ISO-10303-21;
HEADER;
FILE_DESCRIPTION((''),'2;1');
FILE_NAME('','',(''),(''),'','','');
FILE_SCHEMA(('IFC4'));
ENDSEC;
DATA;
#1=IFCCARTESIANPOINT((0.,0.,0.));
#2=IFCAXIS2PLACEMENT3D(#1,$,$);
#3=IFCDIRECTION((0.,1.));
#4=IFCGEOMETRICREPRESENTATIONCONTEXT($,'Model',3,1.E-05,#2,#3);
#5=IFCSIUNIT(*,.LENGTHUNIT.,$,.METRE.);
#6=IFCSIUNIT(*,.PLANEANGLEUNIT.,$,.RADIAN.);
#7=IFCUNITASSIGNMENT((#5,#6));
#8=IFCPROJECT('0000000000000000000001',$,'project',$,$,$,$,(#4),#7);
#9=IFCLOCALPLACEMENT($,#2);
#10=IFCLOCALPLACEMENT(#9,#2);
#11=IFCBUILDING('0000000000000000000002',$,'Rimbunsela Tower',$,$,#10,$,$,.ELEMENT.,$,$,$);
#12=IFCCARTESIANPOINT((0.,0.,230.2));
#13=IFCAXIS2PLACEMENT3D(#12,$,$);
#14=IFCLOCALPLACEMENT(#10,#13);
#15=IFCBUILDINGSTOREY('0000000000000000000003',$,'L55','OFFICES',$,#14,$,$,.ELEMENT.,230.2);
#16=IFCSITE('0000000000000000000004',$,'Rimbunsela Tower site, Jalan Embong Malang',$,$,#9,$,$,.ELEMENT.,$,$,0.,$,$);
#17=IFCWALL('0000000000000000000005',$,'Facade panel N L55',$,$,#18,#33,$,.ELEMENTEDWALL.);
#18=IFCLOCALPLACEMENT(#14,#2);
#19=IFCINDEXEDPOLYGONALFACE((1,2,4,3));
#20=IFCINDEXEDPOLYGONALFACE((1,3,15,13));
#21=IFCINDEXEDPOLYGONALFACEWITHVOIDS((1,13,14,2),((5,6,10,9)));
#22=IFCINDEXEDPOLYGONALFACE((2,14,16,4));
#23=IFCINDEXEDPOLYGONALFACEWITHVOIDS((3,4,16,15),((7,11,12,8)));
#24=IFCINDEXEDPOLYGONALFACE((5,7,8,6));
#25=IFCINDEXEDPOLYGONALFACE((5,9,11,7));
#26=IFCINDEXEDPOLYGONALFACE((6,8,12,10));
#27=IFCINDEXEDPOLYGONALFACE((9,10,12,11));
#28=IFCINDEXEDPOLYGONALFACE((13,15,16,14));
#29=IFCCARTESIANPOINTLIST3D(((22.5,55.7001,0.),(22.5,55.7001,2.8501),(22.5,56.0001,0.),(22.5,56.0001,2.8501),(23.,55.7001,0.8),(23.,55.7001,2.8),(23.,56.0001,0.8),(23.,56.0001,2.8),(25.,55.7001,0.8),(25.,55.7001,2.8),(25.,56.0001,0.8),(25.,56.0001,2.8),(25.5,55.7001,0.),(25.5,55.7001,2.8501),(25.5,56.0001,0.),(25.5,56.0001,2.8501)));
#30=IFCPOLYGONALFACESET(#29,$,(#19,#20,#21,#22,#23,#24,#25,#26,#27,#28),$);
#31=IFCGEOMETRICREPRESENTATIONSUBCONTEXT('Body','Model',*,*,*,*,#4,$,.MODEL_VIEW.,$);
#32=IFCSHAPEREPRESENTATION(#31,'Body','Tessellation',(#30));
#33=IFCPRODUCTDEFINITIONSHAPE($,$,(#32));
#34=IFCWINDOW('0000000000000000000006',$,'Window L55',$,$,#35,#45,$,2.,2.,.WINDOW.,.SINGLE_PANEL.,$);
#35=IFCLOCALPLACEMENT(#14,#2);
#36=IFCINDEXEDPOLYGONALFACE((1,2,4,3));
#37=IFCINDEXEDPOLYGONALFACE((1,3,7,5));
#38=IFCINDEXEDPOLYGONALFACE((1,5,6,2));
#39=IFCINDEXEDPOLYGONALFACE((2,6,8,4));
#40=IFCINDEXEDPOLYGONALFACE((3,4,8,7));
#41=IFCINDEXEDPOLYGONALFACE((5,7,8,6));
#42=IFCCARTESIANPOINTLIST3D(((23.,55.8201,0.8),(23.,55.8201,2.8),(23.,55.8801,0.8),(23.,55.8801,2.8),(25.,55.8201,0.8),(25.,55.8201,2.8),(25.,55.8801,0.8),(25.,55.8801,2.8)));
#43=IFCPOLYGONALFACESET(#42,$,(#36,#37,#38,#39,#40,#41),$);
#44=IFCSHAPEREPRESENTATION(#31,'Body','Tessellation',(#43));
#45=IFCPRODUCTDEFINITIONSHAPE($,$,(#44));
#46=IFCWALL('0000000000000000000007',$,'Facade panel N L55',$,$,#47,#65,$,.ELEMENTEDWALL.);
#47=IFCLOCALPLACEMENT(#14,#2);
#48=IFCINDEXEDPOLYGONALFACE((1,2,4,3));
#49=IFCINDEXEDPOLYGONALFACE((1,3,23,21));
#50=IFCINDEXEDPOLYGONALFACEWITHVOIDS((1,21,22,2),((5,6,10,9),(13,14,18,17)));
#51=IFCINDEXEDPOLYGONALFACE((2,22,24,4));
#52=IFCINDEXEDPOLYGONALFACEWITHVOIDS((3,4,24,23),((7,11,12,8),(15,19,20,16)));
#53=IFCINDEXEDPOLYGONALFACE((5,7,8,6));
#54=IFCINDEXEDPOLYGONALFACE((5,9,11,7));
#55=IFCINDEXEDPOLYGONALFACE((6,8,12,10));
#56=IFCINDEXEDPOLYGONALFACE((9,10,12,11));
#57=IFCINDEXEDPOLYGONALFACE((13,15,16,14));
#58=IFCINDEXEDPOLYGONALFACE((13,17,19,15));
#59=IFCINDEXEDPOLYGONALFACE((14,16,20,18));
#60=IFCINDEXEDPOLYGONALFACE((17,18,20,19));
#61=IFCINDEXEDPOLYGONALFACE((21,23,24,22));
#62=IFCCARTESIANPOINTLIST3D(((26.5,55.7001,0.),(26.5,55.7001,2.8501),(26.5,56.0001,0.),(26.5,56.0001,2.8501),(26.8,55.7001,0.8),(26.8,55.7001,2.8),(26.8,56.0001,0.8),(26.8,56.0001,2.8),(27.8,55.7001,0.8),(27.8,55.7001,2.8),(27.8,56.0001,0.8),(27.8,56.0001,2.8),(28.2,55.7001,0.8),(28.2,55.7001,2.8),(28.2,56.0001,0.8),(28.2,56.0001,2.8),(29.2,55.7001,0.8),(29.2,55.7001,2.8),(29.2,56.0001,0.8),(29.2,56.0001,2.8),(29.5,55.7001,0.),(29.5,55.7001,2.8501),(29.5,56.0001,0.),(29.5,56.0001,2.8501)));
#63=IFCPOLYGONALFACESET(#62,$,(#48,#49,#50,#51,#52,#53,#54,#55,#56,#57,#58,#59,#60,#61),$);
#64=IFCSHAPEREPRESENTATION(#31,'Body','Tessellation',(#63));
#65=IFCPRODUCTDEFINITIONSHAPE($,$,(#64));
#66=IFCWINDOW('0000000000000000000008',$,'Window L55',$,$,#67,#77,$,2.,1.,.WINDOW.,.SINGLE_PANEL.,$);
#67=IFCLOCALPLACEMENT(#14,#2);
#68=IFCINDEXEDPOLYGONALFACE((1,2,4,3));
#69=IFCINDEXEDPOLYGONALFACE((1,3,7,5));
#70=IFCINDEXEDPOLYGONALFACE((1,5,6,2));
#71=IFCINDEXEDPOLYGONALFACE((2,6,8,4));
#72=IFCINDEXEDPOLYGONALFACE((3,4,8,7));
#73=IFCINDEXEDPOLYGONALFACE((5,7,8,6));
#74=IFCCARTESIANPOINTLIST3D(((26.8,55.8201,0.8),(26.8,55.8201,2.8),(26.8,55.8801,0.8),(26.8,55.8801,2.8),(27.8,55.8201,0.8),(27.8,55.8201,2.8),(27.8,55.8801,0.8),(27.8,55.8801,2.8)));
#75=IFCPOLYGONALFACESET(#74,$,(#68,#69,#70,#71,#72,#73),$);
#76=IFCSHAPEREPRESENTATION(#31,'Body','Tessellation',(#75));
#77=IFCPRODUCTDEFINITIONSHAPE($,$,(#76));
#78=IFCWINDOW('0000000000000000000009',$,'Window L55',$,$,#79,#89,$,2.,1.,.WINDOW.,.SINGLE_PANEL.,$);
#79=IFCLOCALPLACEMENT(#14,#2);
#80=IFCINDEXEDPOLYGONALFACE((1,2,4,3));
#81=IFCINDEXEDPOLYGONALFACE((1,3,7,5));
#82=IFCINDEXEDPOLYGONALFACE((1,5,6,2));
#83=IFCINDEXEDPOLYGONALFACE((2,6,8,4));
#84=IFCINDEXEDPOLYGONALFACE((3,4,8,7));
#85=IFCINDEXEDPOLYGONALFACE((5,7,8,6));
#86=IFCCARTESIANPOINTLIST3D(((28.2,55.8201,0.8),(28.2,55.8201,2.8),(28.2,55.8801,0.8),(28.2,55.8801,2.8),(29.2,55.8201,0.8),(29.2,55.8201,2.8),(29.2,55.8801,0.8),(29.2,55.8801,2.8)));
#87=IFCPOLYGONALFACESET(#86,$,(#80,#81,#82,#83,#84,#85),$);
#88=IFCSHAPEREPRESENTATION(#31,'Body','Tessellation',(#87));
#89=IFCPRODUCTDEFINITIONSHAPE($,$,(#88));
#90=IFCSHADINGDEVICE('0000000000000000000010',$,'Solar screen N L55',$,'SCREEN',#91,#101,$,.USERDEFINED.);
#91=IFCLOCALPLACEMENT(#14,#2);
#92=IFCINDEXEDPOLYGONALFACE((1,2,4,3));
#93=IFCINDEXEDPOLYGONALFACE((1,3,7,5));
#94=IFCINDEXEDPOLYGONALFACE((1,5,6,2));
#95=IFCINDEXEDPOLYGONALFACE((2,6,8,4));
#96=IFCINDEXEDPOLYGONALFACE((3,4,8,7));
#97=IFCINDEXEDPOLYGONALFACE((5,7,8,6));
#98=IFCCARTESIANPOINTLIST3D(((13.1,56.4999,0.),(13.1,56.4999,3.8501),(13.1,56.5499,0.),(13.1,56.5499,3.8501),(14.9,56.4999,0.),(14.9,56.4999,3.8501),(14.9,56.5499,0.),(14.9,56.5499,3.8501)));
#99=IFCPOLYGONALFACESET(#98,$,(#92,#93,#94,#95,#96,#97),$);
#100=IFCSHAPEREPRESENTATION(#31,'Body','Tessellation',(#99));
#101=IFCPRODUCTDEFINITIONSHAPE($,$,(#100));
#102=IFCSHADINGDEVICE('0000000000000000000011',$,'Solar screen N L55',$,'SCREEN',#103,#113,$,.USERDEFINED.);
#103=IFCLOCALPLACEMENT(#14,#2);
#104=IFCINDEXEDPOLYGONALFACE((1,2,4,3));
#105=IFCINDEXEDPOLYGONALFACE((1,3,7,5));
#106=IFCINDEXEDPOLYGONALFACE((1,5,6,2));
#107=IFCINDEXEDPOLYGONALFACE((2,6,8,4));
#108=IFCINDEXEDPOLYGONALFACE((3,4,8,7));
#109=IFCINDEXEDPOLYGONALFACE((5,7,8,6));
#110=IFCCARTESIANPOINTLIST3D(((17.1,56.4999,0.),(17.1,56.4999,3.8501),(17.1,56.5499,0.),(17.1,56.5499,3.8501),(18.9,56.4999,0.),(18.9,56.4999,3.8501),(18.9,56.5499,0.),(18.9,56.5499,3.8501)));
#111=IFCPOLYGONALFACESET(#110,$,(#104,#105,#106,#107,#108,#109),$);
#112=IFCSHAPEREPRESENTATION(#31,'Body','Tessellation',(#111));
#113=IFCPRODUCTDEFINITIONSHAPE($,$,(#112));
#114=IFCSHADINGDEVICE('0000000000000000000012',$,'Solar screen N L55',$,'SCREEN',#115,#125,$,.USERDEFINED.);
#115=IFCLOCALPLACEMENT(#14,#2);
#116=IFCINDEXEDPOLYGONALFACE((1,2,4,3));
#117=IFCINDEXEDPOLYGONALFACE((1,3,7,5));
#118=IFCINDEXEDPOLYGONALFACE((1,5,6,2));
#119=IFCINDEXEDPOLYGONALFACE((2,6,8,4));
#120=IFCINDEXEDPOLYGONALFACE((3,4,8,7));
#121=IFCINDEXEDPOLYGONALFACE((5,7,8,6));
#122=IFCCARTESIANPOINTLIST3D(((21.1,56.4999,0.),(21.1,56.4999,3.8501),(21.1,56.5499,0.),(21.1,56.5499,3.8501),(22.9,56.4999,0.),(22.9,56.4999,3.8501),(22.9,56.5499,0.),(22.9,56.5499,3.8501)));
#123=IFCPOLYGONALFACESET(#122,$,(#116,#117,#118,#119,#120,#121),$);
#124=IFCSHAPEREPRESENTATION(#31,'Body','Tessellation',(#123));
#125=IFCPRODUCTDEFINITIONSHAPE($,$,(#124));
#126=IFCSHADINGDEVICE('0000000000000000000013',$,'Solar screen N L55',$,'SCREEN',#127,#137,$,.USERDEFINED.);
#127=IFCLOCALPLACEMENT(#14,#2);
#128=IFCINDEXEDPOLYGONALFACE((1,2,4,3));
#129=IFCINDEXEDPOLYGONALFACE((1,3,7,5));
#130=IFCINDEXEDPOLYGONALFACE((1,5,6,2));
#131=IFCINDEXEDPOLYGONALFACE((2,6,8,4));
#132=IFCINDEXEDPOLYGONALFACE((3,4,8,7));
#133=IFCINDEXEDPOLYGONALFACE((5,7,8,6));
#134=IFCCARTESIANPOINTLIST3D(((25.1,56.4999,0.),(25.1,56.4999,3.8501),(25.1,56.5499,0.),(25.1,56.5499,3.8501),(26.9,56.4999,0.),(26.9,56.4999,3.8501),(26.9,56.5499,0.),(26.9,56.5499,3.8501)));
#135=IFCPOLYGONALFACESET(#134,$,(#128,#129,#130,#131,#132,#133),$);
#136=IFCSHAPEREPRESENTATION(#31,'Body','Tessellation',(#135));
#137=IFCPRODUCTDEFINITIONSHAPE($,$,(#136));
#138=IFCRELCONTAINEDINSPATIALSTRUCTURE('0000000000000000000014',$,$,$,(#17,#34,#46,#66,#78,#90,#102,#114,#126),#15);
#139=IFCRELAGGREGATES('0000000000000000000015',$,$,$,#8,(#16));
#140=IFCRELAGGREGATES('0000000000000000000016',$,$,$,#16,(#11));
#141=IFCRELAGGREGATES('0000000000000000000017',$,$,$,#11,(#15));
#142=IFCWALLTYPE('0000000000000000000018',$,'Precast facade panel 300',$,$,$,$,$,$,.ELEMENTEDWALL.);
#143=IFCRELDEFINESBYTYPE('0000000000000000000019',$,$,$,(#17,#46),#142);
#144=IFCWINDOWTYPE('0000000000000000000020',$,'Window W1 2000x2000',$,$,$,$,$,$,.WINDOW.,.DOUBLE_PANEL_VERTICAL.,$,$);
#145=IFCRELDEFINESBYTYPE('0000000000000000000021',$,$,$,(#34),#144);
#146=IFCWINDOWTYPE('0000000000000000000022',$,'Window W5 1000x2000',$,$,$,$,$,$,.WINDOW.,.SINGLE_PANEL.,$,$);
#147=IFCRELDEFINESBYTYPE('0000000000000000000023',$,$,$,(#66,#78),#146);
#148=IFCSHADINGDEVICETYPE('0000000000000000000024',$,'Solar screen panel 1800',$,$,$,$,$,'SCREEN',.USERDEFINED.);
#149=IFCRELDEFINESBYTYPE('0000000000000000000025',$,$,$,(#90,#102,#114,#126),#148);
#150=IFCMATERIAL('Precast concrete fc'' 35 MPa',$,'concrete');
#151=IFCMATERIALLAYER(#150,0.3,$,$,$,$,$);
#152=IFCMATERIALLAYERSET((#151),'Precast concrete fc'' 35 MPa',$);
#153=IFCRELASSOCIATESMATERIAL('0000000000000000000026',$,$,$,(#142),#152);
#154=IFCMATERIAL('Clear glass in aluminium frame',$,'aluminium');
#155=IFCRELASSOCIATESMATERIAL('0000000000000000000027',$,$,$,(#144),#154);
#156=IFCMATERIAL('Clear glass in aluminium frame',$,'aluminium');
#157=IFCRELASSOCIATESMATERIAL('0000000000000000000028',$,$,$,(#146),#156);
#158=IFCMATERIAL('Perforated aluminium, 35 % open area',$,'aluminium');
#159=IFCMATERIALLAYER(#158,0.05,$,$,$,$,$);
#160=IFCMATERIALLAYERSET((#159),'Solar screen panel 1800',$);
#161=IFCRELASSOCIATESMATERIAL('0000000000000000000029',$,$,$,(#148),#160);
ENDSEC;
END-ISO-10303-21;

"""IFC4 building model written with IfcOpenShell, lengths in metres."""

from ifc_helpers import new_model, si_unit, direction, frame, frame_2d, origin, origin_2d, place, context, subcontext, project, spatial, rectangle, extrude, material, layer, layer_set, type_object, element, fill, save


model = new_model("IFC4")

# Units and contexts
model_context = context("Model", 3, precision=1e-05, world=origin(), true_north=direction((0.0, 1.0)))
body_context = subcontext(model_context, "Body", "Model", "MODEL_VIEW")
ifc_project = project(units=[si_unit("LENGTHUNIT", "METRE"), si_unit("PLANEANGLEUNIT", "RADIAN")], contexts=[model_context])

# Site, building, storey
site_placement = place(None, origin())
site = spatial("IfcSite", under=ifc_project, at=site_placement, Name="Rimbunsela Tower site, Jalan Embong Malang", CompositionType="ELEMENT", RefElevation=0.0)
building_placement = place(site_placement, origin())
building = spatial("IfcBuilding", under=site, at=building_placement, Name="Rimbunsela Tower", CompositionType="ELEMENT")
storey_placement = place(building_placement, frame((0.0, 0.0, 230.2)))
storey = spatial("IfcBuildingStorey", under=building, at=storey_placement, Name="L55", Description="OFFICES", CompositionType="ELEMENT", Elevation=230.2)

# Wall, opening, window
ifc_material_1 = material(Name="Precast concrete fc' 35 MPa", Category="concrete")
ifc_layer_1 = layer(ifc_material_1, 0.3)
ifc_layer_set_1 = layer_set([ifc_layer_1], Name="Precast concrete fc' 35 MPa")
wall_type_1 = type_object("IfcWallType", Name="Precast facade panel 300", PredefinedType="ELEMENTEDWALL", material=ifc_layer_set_1)
ifc_material_2 = material(Name="Clear glass in aluminium frame", Category="aluminium")
window_type_1 = type_object("IfcWindowType", Name="Window W1 2000x2000", PartitioningType="DOUBLE_PANEL_VERTICAL", PredefinedType="WINDOW", material=ifc_material_2)
wall_1_placement = place(storey_placement, frame((25.5, 55.8501, 0.0), z_axis=(0.0, 0.0, 1.0), x_axis=(-1.0, 0.0, 0.0)))
wall_1 = element("IfcWall", 1, at=wall_1_placement, inside=storey, type_object=wall_type_1, Name="Facade panel N L55", PredefinedType="ELEMENTEDWALL", context=body_context, shape_type="SweptSolid", body=[
    extrude(rectangle(XDim=3.0, YDim=0.3, at=frame_2d((1.5, 0.0))), origin(), (0.0, 0.0, 1.0), 2.8501),
])
opening_1_placement = place(wall_1_placement, frame((0.5, 0.0, 0.8)))
opening_1 = element("IfcOpeningElement", 2, at=opening_1_placement, cuts=wall_1, PredefinedType="OPENING", context=body_context, shape_type="SweptSolid", body=[
    extrude(rectangle(XDim=2.0, YDim=2.0, at=frame_2d((1.0, 1.0))), frame((0.0, 0.1599, 0.0), z_axis=(0.0, -1.0, 0.0), x_axis=(1.0, 0.0, 0.0)), (0.0, 0.0, 1.0), 0.3201),
])
window_1_placement = place(opening_1_placement, origin())
window_1 = element("IfcWindow", 3, at=window_1_placement, inside=storey, type_object=window_type_1, Name="Window L55", OverallHeight=2.0, OverallWidth=2.0, PartitioningType="SINGLE_PANEL", PredefinedType="WINDOW", context=body_context, shape_type="SweptSolid", body=[
    extrude(rectangle(XDim=2.0, YDim=2.0, at=frame_2d((1.0, 1.0))), frame((0.0, 0.03, 0.0), z_axis=(0.0, -1.0, 0.0), x_axis=(1.0, 0.0, 0.0)), (0.0, 0.0, 1.0), 0.0601),
])
fill(opening_1, window_1)

# Wall, openings, windows
wall_2_placement = place(storey_placement, frame((29.5, 55.8501, 0.0), z_axis=(0.0, 0.0, 1.0), x_axis=(-1.0, 0.0, 0.0)))
wall_2 = element("IfcWall", 4, at=wall_2_placement, inside=storey, type_object=wall_type_1, Name="Facade panel N L55", PredefinedType="ELEMENTEDWALL", context=body_context, shape_type="SweptSolid", body=[
    extrude(rectangle(XDim=3.0, YDim=0.3, at=frame_2d((1.5, 0.0))), origin(), (0.0, 0.0, 1.0), 2.8501),
])
opening_2_placement = place(wall_2_placement, frame((1.7, 0.0, 0.8)))
opening_2 = element("IfcOpeningElement", 5, at=opening_2_placement, cuts=wall_2, PredefinedType="OPENING", context=body_context, shape_type="SweptSolid", body=[
    extrude(rectangle(XDim=1.0, YDim=2.0, at=frame_2d((0.5, 1.0))), frame((0.0, 0.1599, 0.0), z_axis=(0.0, -1.0, 0.0), x_axis=(1.0, 0.0, 0.0)), (0.0, 0.0, 1.0), 0.3201),
])
opening_3_placement = place(wall_2_placement, frame((0.3, 0.0, 0.8)))
opening_3 = element("IfcOpeningElement", 6, at=opening_3_placement, cuts=wall_2, PredefinedType="OPENING", context=body_context, shape_type="SweptSolid", body=[
    extrude(rectangle(XDim=1.0, YDim=2.0, at=frame_2d((0.5, 1.0))), frame((0.0, 0.1599, 0.0), z_axis=(0.0, -1.0, 0.0), x_axis=(1.0, 0.0, 0.0)), (0.0, 0.0, 1.0), 0.3201),
])
ifc_material_3 = material(Name="Clear glass in aluminium frame", Category="aluminium")
window_type_2 = type_object("IfcWindowType", Name="Window W5 1000x2000", PartitioningType="SINGLE_PANEL", PredefinedType="WINDOW", material=ifc_material_3)
window_2_placement = place(opening_2_placement, origin())
window_2 = element("IfcWindow", 7, at=window_2_placement, inside=storey, type_object=window_type_2, Name="Window L55", OverallHeight=2.0, OverallWidth=1.0, PartitioningType="SINGLE_PANEL", PredefinedType="WINDOW", context=body_context, shape_type="SweptSolid", body=[
    extrude(rectangle(XDim=1.0, YDim=2.0, at=frame_2d((0.5, 1.0))), frame((0.0, 0.03, 0.0), z_axis=(0.0, -1.0, 0.0), x_axis=(1.0, 0.0, 0.0)), (0.0, 0.0, 1.0), 0.0601),
])
fill(opening_2, window_2)
window_3_placement = place(opening_3_placement, origin())
window_3 = element("IfcWindow", 8, at=window_3_placement, inside=storey, type_object=window_type_2, Name="Window L55", OverallHeight=2.0, OverallWidth=1.0, PartitioningType="SINGLE_PANEL", PredefinedType="WINDOW", context=body_context, shape_type="SweptSolid", body=[
    extrude(rectangle(XDim=1.0, YDim=2.0, at=frame_2d((0.5, 1.0))), frame((0.0, 0.03, 0.0), z_axis=(0.0, -1.0, 0.0), x_axis=(1.0, 0.0, 0.0)), (0.0, 0.0, 1.0), 0.0601),
])
fill(opening_3, window_3)

# Shading devices
ifc_material_4 = material(Name="Perforated aluminium, 35 % open area", Category="aluminium")
ifc_layer_2 = layer(ifc_material_4, 0.05)
ifc_layer_set_2 = layer_set([ifc_layer_2], Name="Solar screen panel 1800")
shading_device_type = type_object("IfcShadingDeviceType", Name="Solar screen panel 1800", ElementType="SCREEN", PredefinedType="USERDEFINED", material=ifc_layer_set_2)
for number, where, z_axis, x_axis, name in (
    (9, (14.0, 56.5249, 0.0), (0.0, 0.0, 1.0), (1.0, 0.0, 0.0), "Solar screen N L55"),
    (10, (18.0, 56.5249, 0.0), (0.0, 0.0, 1.0), (1.0, 0.0, 0.0), "Solar screen N L55"),
    (11, (22.0, 56.5249, 0.0), (0.0, 0.0, 1.0), (1.0, 0.0, 0.0), "Solar screen N L55"),
    (12, (26.0, 56.5249, 0.0), (0.0, 0.0, 1.0), (1.0, 0.0, 0.0), "Solar screen N L55"),
):
    element("IfcShadingDevice", number, at=place(storey_placement, frame(where, z_axis=z_axis, x_axis=x_axis)), inside=storey, type_object=shading_device_type, Name=name, ObjectType="SCREEN", PredefinedType="USERDEFINED", context=body_context, shape_type="SweptSolid", body=[
        extrude(rectangle(XDim=1.8, YDim=0.05, at=origin_2d()), origin(), (0.0, 0.0, 1.0), 3.8501),
    ])

save(model, "model.ifc")
